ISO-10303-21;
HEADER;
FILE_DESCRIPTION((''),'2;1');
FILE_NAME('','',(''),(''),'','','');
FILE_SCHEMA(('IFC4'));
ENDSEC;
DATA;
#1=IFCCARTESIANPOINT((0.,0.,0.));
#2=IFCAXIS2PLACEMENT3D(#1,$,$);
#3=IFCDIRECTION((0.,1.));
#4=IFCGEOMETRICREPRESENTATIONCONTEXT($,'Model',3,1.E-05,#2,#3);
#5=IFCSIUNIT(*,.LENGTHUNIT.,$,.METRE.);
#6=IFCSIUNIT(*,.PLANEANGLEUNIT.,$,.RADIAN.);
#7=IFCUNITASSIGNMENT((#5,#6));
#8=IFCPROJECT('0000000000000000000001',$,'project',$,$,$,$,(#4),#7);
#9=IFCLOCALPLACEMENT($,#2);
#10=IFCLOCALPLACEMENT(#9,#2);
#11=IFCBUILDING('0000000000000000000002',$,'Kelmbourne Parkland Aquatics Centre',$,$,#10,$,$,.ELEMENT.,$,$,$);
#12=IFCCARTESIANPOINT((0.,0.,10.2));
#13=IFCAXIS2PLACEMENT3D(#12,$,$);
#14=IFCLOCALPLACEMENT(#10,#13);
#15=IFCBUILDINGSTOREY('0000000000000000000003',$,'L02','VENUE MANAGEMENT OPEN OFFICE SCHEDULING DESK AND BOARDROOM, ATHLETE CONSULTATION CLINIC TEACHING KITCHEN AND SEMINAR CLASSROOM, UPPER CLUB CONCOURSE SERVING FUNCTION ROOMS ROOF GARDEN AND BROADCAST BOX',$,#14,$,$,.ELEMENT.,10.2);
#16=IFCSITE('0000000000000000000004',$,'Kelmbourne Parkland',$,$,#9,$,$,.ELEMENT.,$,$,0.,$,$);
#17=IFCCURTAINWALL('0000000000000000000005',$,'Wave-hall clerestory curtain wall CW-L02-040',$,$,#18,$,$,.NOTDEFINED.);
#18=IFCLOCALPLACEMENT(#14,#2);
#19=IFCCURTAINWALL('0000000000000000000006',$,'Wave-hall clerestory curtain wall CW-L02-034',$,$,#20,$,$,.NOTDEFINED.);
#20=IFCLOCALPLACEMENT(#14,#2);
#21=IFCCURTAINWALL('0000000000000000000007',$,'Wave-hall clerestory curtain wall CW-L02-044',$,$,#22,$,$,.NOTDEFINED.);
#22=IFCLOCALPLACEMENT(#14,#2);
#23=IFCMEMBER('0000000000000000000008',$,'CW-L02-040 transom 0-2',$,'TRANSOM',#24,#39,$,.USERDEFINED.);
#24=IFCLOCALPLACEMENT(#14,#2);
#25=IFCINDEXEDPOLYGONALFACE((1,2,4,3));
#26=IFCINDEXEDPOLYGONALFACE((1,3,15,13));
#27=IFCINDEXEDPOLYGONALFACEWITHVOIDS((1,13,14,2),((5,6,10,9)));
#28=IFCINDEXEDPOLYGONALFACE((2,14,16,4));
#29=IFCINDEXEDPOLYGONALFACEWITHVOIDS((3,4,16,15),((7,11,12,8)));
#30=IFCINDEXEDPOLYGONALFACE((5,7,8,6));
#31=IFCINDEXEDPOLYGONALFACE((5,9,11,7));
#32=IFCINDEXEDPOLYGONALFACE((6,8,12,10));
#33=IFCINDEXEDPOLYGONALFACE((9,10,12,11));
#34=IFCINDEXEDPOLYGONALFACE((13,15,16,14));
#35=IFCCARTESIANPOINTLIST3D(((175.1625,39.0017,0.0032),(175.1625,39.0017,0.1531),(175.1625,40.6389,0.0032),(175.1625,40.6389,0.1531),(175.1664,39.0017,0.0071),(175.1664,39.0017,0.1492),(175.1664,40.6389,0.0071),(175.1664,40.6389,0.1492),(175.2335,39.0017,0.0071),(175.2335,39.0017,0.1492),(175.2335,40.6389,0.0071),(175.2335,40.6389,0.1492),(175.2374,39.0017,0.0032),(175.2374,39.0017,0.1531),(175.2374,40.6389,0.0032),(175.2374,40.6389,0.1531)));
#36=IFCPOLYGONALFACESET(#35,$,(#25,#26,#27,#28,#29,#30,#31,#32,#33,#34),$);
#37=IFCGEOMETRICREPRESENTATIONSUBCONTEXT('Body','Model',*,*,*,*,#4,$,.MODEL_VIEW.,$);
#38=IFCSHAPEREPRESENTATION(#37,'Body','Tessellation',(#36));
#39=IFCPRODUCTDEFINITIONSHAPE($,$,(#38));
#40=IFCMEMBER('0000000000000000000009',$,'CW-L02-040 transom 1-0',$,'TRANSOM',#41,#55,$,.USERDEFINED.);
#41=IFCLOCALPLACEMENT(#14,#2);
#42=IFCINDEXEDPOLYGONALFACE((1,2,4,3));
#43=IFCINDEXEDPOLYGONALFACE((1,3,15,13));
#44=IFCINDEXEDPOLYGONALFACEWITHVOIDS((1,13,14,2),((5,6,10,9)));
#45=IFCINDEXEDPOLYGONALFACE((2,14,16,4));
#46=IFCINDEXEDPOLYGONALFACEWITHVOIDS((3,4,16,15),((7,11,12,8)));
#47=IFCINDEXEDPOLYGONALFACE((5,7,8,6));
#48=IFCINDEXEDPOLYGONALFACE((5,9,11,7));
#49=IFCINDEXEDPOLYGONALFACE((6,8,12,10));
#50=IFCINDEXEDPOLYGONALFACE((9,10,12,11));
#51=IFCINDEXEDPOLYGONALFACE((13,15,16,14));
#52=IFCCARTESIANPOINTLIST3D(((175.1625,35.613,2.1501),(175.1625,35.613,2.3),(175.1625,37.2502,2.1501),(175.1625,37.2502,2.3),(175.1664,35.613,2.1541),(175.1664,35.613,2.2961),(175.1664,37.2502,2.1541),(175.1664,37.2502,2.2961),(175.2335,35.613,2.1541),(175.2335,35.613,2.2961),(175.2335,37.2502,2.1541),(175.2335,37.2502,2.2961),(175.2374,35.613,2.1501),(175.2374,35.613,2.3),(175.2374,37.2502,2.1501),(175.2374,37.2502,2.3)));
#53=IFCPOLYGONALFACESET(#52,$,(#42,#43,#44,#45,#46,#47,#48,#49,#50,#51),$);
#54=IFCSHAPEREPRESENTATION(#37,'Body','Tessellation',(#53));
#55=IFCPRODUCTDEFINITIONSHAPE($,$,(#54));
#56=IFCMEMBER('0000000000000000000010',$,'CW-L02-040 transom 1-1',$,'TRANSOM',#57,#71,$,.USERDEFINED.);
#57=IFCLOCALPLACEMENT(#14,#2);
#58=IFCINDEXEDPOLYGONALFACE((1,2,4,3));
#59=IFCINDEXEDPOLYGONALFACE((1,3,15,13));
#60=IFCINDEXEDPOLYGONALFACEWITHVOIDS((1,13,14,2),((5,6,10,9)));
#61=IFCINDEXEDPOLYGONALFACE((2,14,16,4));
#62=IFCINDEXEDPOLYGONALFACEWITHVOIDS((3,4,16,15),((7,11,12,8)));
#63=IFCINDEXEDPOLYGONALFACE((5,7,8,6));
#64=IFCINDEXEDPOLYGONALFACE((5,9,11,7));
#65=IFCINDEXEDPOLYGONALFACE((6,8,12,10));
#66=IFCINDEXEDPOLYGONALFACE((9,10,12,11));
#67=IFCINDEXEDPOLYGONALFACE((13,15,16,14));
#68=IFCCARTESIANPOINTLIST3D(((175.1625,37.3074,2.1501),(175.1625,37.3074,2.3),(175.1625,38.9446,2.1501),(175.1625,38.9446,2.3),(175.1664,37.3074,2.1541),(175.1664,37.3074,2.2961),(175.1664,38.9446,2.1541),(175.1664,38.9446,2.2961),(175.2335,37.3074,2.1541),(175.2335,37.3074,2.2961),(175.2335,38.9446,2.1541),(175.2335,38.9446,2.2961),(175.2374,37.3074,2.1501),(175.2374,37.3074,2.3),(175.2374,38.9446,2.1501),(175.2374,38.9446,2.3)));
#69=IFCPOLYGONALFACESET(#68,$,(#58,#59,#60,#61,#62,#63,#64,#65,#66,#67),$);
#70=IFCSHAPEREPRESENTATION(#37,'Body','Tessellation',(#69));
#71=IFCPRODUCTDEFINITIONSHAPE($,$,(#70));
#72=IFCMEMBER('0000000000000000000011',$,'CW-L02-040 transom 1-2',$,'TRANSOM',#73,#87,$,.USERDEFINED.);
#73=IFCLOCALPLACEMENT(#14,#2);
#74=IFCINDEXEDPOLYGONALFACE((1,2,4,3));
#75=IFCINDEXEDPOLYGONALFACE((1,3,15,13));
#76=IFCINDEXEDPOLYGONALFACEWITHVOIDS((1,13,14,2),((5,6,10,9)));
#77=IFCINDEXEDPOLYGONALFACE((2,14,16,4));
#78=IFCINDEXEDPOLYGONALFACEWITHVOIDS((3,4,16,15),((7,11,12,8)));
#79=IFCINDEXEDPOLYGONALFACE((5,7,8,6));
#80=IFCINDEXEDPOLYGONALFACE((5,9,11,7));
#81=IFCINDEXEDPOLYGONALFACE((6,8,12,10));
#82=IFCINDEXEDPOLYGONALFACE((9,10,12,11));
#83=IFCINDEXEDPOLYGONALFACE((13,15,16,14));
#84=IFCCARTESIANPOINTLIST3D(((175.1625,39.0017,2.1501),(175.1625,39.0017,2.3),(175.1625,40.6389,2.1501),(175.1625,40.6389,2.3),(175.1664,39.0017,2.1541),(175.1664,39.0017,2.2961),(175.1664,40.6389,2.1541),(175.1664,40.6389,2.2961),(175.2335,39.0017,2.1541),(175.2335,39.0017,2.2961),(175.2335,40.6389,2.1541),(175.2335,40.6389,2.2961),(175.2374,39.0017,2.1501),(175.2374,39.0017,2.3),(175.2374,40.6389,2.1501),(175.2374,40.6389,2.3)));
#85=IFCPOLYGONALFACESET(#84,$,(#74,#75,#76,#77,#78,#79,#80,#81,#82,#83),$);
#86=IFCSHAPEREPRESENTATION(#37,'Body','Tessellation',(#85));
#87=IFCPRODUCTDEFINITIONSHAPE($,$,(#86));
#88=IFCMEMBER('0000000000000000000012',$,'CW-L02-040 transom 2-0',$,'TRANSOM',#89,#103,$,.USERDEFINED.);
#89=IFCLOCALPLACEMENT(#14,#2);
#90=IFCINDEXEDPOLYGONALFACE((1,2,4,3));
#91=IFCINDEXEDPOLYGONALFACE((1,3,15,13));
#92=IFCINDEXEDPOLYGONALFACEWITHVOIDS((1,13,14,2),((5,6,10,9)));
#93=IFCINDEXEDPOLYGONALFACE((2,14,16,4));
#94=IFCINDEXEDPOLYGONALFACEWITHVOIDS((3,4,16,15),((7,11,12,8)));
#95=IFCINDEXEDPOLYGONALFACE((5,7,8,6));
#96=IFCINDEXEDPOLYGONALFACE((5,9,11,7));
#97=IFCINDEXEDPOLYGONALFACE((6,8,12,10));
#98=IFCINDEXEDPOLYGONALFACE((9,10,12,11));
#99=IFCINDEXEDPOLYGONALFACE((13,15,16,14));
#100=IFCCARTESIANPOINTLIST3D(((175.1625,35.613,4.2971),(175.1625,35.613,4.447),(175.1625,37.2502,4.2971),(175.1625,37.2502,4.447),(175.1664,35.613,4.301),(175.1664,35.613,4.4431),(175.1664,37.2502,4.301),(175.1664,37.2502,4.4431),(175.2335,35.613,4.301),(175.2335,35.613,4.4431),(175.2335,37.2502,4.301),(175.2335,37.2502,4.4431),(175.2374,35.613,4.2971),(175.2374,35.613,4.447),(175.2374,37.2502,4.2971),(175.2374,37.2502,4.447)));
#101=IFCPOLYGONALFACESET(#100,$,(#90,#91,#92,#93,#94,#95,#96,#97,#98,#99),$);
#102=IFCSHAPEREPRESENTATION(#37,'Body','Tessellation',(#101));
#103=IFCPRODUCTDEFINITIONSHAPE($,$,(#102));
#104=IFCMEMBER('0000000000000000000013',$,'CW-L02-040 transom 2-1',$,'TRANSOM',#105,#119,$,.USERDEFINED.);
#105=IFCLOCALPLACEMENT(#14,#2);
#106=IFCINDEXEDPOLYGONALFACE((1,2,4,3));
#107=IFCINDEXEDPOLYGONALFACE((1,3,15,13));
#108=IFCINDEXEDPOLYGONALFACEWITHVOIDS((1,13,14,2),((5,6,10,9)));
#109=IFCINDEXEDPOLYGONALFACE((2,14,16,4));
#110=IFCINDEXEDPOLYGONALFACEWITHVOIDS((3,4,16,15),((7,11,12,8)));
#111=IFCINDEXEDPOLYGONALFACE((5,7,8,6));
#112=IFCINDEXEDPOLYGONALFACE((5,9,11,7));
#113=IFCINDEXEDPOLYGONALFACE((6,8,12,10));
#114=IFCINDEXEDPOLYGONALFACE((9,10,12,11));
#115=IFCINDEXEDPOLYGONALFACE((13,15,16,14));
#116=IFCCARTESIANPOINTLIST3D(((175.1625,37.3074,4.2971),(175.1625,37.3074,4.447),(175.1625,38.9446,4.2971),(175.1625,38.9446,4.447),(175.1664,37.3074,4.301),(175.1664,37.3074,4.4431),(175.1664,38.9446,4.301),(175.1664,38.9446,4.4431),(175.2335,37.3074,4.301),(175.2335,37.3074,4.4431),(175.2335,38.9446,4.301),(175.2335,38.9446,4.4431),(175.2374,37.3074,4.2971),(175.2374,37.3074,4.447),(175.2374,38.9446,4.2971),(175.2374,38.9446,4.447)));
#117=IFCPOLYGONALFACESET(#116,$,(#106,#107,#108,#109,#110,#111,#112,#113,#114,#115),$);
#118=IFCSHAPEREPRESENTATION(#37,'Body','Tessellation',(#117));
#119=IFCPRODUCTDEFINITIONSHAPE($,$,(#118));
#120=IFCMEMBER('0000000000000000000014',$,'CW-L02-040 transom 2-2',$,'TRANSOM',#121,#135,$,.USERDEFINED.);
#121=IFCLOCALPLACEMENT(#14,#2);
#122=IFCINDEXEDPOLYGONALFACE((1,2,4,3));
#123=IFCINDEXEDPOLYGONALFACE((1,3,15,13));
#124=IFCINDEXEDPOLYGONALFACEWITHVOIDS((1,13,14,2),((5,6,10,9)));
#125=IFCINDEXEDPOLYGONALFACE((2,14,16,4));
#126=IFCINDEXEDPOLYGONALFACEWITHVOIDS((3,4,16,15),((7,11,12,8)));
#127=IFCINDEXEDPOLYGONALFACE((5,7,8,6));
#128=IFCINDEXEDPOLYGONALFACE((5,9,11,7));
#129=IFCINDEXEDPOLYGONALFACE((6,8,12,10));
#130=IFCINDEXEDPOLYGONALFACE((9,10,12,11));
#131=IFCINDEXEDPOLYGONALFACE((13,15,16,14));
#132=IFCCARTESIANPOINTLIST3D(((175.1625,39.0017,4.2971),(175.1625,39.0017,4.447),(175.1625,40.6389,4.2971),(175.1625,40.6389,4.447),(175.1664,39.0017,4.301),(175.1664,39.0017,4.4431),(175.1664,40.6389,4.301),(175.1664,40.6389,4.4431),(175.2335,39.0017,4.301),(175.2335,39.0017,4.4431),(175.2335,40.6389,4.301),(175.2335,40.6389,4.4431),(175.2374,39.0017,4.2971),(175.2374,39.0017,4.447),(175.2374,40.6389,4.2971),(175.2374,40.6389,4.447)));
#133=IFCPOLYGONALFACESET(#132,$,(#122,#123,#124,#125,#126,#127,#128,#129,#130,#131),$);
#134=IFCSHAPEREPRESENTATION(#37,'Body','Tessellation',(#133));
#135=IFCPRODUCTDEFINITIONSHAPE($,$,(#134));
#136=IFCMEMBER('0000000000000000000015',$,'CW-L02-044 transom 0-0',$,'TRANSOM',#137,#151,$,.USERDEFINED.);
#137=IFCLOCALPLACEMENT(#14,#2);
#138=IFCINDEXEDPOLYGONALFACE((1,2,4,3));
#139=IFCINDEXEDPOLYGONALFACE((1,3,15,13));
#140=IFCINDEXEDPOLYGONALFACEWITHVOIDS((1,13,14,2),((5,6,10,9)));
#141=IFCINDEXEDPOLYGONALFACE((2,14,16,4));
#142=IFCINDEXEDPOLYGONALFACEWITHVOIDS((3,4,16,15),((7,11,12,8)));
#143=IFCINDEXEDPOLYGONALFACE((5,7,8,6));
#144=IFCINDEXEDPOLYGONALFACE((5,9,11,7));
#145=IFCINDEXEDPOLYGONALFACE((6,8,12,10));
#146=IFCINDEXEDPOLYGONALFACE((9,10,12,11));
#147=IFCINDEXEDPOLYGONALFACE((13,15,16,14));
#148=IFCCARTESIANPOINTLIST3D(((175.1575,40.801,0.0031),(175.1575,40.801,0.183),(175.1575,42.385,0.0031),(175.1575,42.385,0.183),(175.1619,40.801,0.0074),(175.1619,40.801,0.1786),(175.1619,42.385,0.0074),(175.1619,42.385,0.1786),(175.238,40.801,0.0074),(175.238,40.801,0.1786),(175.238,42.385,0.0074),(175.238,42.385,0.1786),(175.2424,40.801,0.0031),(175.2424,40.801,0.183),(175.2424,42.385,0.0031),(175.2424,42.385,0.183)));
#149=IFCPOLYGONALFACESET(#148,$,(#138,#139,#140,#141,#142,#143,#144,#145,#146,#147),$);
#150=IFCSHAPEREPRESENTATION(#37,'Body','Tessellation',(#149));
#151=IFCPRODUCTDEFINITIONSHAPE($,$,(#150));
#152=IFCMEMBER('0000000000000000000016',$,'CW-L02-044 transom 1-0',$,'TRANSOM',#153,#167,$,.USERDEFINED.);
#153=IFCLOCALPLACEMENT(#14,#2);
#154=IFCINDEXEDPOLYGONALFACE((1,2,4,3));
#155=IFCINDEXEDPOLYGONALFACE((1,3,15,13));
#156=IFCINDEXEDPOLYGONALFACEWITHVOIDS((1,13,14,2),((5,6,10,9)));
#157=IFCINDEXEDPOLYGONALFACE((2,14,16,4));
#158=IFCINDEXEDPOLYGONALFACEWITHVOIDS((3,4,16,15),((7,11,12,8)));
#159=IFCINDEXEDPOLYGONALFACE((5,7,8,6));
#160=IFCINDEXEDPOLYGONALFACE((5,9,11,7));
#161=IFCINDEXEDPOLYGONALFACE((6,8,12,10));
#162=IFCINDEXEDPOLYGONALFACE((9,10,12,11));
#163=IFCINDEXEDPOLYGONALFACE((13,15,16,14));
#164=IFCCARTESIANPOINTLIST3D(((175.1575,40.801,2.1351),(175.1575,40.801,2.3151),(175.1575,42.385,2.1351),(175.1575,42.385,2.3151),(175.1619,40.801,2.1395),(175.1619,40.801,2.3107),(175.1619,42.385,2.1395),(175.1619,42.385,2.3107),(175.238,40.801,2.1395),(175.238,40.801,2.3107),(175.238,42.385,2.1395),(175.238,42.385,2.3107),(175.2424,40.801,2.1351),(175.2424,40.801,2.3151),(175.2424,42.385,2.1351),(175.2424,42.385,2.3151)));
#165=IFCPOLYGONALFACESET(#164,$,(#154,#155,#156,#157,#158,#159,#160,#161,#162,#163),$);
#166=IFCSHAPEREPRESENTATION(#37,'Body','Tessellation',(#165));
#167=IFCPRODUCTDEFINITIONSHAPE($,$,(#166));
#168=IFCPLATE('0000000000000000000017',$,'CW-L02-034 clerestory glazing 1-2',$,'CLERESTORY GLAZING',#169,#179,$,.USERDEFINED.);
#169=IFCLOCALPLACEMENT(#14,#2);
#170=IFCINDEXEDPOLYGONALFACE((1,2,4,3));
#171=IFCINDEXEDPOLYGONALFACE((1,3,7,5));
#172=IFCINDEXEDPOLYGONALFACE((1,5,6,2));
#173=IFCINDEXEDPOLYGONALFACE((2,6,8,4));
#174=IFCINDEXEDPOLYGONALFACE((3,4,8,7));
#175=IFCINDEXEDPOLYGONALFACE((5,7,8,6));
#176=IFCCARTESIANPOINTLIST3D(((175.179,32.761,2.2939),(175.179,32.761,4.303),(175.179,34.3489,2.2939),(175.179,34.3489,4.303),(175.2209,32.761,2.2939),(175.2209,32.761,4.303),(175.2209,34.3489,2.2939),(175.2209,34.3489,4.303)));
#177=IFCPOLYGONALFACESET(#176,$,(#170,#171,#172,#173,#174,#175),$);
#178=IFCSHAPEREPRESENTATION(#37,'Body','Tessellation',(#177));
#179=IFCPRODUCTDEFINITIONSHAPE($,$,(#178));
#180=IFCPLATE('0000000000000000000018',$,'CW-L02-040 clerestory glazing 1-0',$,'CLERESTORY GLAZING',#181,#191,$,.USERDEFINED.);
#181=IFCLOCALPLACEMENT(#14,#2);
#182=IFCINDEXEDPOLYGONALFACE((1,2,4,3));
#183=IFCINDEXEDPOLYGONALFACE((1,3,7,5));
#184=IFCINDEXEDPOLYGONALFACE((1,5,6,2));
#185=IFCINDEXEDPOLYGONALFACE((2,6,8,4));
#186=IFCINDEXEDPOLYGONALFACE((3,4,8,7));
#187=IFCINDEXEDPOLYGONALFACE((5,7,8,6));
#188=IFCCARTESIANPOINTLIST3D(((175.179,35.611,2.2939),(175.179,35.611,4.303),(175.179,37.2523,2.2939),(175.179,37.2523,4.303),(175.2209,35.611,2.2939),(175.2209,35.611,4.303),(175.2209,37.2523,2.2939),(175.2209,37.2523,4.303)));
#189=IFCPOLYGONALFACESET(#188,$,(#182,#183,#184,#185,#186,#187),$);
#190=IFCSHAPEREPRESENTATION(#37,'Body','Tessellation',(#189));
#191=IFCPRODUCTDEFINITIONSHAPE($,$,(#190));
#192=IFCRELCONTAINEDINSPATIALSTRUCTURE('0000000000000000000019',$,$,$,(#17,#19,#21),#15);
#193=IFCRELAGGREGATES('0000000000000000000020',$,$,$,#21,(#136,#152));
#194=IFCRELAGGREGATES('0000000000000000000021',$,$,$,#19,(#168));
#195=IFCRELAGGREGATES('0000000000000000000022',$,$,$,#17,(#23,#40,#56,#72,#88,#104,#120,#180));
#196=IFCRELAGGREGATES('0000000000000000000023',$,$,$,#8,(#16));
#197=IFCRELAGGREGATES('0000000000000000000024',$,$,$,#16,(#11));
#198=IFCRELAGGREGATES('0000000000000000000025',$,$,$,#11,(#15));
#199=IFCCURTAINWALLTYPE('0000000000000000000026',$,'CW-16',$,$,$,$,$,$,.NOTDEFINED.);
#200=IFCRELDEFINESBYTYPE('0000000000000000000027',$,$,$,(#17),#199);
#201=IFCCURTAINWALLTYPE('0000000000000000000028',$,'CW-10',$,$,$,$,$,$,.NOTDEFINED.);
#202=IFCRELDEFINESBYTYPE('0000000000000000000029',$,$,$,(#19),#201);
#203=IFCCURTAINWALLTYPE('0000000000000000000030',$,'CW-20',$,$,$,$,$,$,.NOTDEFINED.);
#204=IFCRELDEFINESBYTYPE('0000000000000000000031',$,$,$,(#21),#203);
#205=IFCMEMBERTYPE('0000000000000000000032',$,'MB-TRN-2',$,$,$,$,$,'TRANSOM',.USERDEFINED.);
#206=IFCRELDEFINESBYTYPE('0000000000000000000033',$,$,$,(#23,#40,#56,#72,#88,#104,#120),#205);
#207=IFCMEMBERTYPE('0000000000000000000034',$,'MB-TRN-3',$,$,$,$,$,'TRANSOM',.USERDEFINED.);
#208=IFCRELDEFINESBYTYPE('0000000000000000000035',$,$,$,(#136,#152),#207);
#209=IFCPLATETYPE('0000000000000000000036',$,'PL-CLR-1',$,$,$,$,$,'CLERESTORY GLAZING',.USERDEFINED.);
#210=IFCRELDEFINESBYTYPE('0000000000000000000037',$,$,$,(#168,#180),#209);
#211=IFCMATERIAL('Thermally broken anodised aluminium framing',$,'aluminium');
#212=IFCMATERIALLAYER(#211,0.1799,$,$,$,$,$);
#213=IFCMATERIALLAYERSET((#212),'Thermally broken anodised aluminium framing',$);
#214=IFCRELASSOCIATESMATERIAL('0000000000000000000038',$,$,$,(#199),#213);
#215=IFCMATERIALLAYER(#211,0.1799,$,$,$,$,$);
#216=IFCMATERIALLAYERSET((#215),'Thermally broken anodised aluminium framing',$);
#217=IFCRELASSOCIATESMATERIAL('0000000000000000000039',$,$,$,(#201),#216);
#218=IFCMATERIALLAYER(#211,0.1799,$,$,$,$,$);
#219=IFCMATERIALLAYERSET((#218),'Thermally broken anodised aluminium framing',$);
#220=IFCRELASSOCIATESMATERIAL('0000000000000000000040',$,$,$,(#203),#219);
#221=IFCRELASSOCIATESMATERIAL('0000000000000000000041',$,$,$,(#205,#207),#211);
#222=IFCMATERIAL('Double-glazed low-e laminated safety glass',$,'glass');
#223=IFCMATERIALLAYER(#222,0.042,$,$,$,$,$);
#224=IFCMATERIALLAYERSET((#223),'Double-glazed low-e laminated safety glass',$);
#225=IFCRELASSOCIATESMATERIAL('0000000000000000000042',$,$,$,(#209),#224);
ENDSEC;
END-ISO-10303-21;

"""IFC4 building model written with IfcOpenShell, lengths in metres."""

from ifc_helpers import new_model, si_unit, direction, frame, origin, origin_2d, place, context, subcontext, project, spatial, rectangle, hollow_rectangle, extrude, material, layer, layer_set, material_profile, profile_set, type_object, element, aggregate, save


model = new_model("IFC4")

# Units and contexts
model_context = context("Model", 3, precision=1e-05, world=origin(), true_north=direction((0.0, 1.0)))
body_context = subcontext(model_context, "Body", "Model", "MODEL_VIEW")
ifc_project = project(units=[si_unit("LENGTHUNIT", "METRE"), si_unit("PLANEANGLEUNIT", "RADIAN")], contexts=[model_context])

# Site, building, storey
site_placement = place(None, origin())
site = spatial("IfcSite", under=ifc_project, at=site_placement, Name="Kelmbourne Parkland", CompositionType="ELEMENT", RefElevation=0.0)
building_placement = place(site_placement, origin())
building = spatial("IfcBuilding", under=site, at=building_placement, Name="Kelmbourne Parkland Aquatics Centre", CompositionType="ELEMENT")
storey_placement = place(building_placement, frame((0.0, 0.0, 10.2)))
storey = spatial("IfcBuildingStorey", under=building, at=storey_placement, Name="L02", Description="VENUE MANAGEMENT OPEN OFFICE SCHEDULING DESK AND BOARDROOM, ATHLETE CONSULTATION CLINIC TEACHING KITCHEN AND SEMINAR CLASSROOM, UPPER CLUB CONCOURSE SERVING FUNCTION ROOMS ROOF GARDEN AND BROADCAST BOX", CompositionType="ELEMENT", Elevation=10.2)

# Curtain wall
ifc_material_1 = material(Name="Thermally broken anodised aluminium framing", Category="aluminium")
ifc_layer_1 = layer(ifc_material_1, 0.1799)
ifc_layer_set_1 = layer_set([ifc_layer_1], Name="Thermally broken anodised aluminium framing")
curtain_wall_type_1 = type_object("IfcCurtainWallType", Name="CW-16", PredefinedType="NOTDEFINED", material=ifc_layer_set_1)
curtain_wall_1_placement = place(storey_placement, origin())
curtain_wall_1 = element("IfcCurtainWall", 1, at=curtain_wall_1_placement, inside=storey, type_object=curtain_wall_type_1, Name="Wave-hall clerestory curtain wall CW-L02-040", PredefinedType="NOTDEFINED")

# Curtain walls
ifc_layer_2 = layer(ifc_material_1, 0.1799)
ifc_layer_set_2 = layer_set([ifc_layer_2], Name="Thermally broken anodised aluminium framing")
curtain_wall_type_2 = type_object("IfcCurtainWallType", Name="CW-10", PredefinedType="NOTDEFINED", material=ifc_layer_set_2)
curtain_wall_2_placement = place(storey_placement, origin())
curtain_wall_2 = element("IfcCurtainWall", 2, at=curtain_wall_2_placement, inside=storey, type_object=curtain_wall_type_2, Name="Wave-hall clerestory curtain wall CW-L02-034", PredefinedType="NOTDEFINED")
ifc_layer_3 = layer(ifc_material_1, 0.1799)
ifc_layer_set_3 = layer_set([ifc_layer_3], Name="Thermally broken anodised aluminium framing")
curtain_wall_type_3 = type_object("IfcCurtainWallType", Name="CW-20", PredefinedType="NOTDEFINED", material=ifc_layer_set_3)
curtain_wall_3_placement = place(storey_placement, origin())
curtain_wall_3 = element("IfcCurtainWall", 3, at=curtain_wall_3_placement, inside=storey, type_object=curtain_wall_type_3, Name="Wave-hall clerestory curtain wall CW-L02-044", PredefinedType="NOTDEFINED")

# Members
ifc_material_profile_1 = material_profile(ifc_material_1, hollow_rectangle(XDim=0.075, YDim=0.1499, WallThickness=0.0039, at=origin_2d()), Name="CW-T 75x150")
ifc_profile_set_1 = profile_set([ifc_material_profile_1], Name="Thermally broken anodised aluminium framing")
member_type_1 = type_object("IfcMemberType", Name="MB-TRN-2", ElementType="TRANSOM", PredefinedType="USERDEFINED", material=ifc_profile_set_1)
member_1_placement = place(storey_placement, frame((175.2, 39.0017, 0.0781), z_axis=(0.0, 1.0, 0.0), x_axis=(-1.0, 0.0, 0.0)))
member_1 = element("IfcMember", 4, at=member_1_placement, type_object=member_type_1, Name="CW-L02-040 transom 0-2", ObjectType="TRANSOM", PredefinedType="USERDEFINED", context=body_context, shape_type="SweptSolid", body=[
    extrude(hollow_rectangle(XDim=0.075, YDim=0.1499, WallThickness=0.0039, at=origin_2d()), origin(), (0.0, 0.0, 1.0), 1.6372),
])
member_2_placement = place(storey_placement, frame((175.2, 35.613, 2.2251), z_axis=(0.0, 1.0, 0.0), x_axis=(-1.0, 0.0, 0.0)))
member_2 = element("IfcMember", 5, at=member_2_placement, type_object=member_type_1, Name="CW-L02-040 transom 1-0", ObjectType="TRANSOM", PredefinedType="USERDEFINED", context=body_context, shape_type="SweptSolid", body=[
    extrude(hollow_rectangle(XDim=0.075, YDim=0.1499, WallThickness=0.0039, at=origin_2d()), origin(), (0.0, 0.0, 1.0), 1.6372),
])
member_3_placement = place(storey_placement, frame((175.2, 37.3074, 2.2251), z_axis=(0.0, 1.0, 0.0), x_axis=(-1.0, 0.0, 0.0)))
member_3 = element("IfcMember", 6, at=member_3_placement, type_object=member_type_1, Name="CW-L02-040 transom 1-1", ObjectType="TRANSOM", PredefinedType="USERDEFINED", context=body_context, shape_type="SweptSolid", body=[
    extrude(hollow_rectangle(XDim=0.075, YDim=0.1499, WallThickness=0.0039, at=origin_2d()), origin(), (0.0, 0.0, 1.0), 1.6372),
])
member_4_placement = place(storey_placement, frame((175.2, 39.0017, 2.2251), z_axis=(0.0, 1.0, 0.0), x_axis=(-1.0, 0.0, 0.0)))
member_4 = element("IfcMember", 7, at=member_4_placement, type_object=member_type_1, Name="CW-L02-040 transom 1-2", ObjectType="TRANSOM", PredefinedType="USERDEFINED", context=body_context, shape_type="SweptSolid", body=[
    extrude(hollow_rectangle(XDim=0.075, YDim=0.1499, WallThickness=0.0039, at=origin_2d()), origin(), (0.0, 0.0, 1.0), 1.6372),
])
member_5_placement = place(storey_placement, frame((175.2, 35.613, 4.3721), z_axis=(0.0, 1.0, 0.0), x_axis=(-1.0, 0.0, 0.0)))
member_5 = element("IfcMember", 8, at=member_5_placement, type_object=member_type_1, Name="CW-L02-040 transom 2-0", ObjectType="TRANSOM", PredefinedType="USERDEFINED", context=body_context, shape_type="SweptSolid", body=[
    extrude(hollow_rectangle(XDim=0.075, YDim=0.1499, WallThickness=0.0039, at=origin_2d()), origin(), (0.0, 0.0, 1.0), 1.6372),
])
member_6_placement = place(storey_placement, frame((175.2, 37.3074, 4.3721), z_axis=(0.0, 1.0, 0.0), x_axis=(-1.0, 0.0, 0.0)))
member_6 = element("IfcMember", 9, at=member_6_placement, type_object=member_type_1, Name="CW-L02-040 transom 2-1", ObjectType="TRANSOM", PredefinedType="USERDEFINED", context=body_context, shape_type="SweptSolid", body=[
    extrude(hollow_rectangle(XDim=0.075, YDim=0.1499, WallThickness=0.0039, at=origin_2d()), origin(), (0.0, 0.0, 1.0), 1.6372),
])
member_7_placement = place(storey_placement, frame((175.2, 39.0017, 4.3721), z_axis=(0.0, 1.0, 0.0), x_axis=(-1.0, 0.0, 0.0)))
member_7 = element("IfcMember", 10, at=member_7_placement, type_object=member_type_1, Name="CW-L02-040 transom 2-2", ObjectType="TRANSOM", PredefinedType="USERDEFINED", context=body_context, shape_type="SweptSolid", body=[
    extrude(hollow_rectangle(XDim=0.075, YDim=0.1499, WallThickness=0.0039, at=origin_2d()), origin(), (0.0, 0.0, 1.0), 1.6372),
])
ifc_material_profile_2 = material_profile(ifc_material_1, hollow_rectangle(XDim=0.085, YDim=0.1799, WallThickness=0.0044, at=origin_2d()), Name="CW-T 85x180")
ifc_profile_set_2 = profile_set([ifc_material_profile_2], Name="Thermally broken anodised aluminium framing")
member_type_2 = type_object("IfcMemberType", Name="MB-TRN-3", ElementType="TRANSOM", PredefinedType="USERDEFINED", material=ifc_profile_set_2)
member_8_placement = place(storey_placement, frame((175.2, 40.801, 0.093), z_axis=(0.0, 1.0, 0.0), x_axis=(-1.0, 0.0, 0.0)))
member_8 = element("IfcMember", 11, at=member_8_placement, type_object=member_type_2, Name="CW-L02-044 transom 0-0", ObjectType="TRANSOM", PredefinedType="USERDEFINED", context=body_context, shape_type="SweptSolid", body=[
    extrude(hollow_rectangle(XDim=0.085, YDim=0.1799, WallThickness=0.0044, at=origin_2d()), origin(), (0.0, 0.0, 1.0), 1.584),
])
member_9_placement = place(storey_placement, frame((175.2, 40.801, 2.2251), z_axis=(0.0, 1.0, 0.0), x_axis=(-1.0, 0.0, 0.0)))
member_9 = element("IfcMember", 12, at=member_9_placement, type_object=member_type_2, Name="CW-L02-044 transom 1-0", ObjectType="TRANSOM", PredefinedType="USERDEFINED", context=body_context, shape_type="SweptSolid", body=[
    extrude(hollow_rectangle(XDim=0.085, YDim=0.1799, WallThickness=0.0044, at=origin_2d()), origin(), (0.0, 0.0, 1.0), 1.584),
])
aggregate(curtain_wall_3, [member_8, member_9])

# Plates
ifc_material_2 = material(Name="Double-glazed low-e laminated safety glass", Category="glass")
ifc_layer_4 = layer(ifc_material_2, 0.042)
ifc_layer_set_4 = layer_set([ifc_layer_4], Name="Double-glazed low-e laminated safety glass")
plate_type_1 = type_object("IfcPlateType", Name="PL-CLR-1", ElementType="CLERESTORY GLAZING", PredefinedType="USERDEFINED", material=ifc_layer_set_4)
plate_1_placement = place(storey_placement, frame((175.2, 33.5549, 2.2939), z_axis=(0.0, 0.0, 1.0), x_axis=(0.0, 1.0, 0.0)))
plate_1 = element("IfcPlate", 13, at=plate_1_placement, type_object=plate_type_1, Name="CW-L02-034 clerestory glazing 1-2", ObjectType="CLERESTORY GLAZING", PredefinedType="USERDEFINED", context=body_context, shape_type="SweptSolid", body=[
    extrude(rectangle(XDim=1.5879, YDim=0.042, at=origin_2d()), origin(), (0.0, 0.0, 1.0), 2.009),
])
plate_2_placement = place(storey_placement, frame((175.2, 36.4316, 2.2939), z_axis=(0.0, 0.0, 1.0), x_axis=(0.0, 1.0, 0.0)))
plate_2 = element("IfcPlate", 14, at=plate_2_placement, type_object=plate_type_1, Name="CW-L02-040 clerestory glazing 1-0", ObjectType="CLERESTORY GLAZING", PredefinedType="USERDEFINED", context=body_context, shape_type="SweptSolid", body=[
    extrude(rectangle(XDim=1.6414, YDim=0.042, at=origin_2d()), origin(), (0.0, 0.0, 1.0), 2.009),
])
aggregate(curtain_wall_2, [plate_1])
aggregate(curtain_wall_1, [member_1, member_2, member_3, member_4, member_5, member_6, member_7, plate_2])

save(model, "model.ifc")
